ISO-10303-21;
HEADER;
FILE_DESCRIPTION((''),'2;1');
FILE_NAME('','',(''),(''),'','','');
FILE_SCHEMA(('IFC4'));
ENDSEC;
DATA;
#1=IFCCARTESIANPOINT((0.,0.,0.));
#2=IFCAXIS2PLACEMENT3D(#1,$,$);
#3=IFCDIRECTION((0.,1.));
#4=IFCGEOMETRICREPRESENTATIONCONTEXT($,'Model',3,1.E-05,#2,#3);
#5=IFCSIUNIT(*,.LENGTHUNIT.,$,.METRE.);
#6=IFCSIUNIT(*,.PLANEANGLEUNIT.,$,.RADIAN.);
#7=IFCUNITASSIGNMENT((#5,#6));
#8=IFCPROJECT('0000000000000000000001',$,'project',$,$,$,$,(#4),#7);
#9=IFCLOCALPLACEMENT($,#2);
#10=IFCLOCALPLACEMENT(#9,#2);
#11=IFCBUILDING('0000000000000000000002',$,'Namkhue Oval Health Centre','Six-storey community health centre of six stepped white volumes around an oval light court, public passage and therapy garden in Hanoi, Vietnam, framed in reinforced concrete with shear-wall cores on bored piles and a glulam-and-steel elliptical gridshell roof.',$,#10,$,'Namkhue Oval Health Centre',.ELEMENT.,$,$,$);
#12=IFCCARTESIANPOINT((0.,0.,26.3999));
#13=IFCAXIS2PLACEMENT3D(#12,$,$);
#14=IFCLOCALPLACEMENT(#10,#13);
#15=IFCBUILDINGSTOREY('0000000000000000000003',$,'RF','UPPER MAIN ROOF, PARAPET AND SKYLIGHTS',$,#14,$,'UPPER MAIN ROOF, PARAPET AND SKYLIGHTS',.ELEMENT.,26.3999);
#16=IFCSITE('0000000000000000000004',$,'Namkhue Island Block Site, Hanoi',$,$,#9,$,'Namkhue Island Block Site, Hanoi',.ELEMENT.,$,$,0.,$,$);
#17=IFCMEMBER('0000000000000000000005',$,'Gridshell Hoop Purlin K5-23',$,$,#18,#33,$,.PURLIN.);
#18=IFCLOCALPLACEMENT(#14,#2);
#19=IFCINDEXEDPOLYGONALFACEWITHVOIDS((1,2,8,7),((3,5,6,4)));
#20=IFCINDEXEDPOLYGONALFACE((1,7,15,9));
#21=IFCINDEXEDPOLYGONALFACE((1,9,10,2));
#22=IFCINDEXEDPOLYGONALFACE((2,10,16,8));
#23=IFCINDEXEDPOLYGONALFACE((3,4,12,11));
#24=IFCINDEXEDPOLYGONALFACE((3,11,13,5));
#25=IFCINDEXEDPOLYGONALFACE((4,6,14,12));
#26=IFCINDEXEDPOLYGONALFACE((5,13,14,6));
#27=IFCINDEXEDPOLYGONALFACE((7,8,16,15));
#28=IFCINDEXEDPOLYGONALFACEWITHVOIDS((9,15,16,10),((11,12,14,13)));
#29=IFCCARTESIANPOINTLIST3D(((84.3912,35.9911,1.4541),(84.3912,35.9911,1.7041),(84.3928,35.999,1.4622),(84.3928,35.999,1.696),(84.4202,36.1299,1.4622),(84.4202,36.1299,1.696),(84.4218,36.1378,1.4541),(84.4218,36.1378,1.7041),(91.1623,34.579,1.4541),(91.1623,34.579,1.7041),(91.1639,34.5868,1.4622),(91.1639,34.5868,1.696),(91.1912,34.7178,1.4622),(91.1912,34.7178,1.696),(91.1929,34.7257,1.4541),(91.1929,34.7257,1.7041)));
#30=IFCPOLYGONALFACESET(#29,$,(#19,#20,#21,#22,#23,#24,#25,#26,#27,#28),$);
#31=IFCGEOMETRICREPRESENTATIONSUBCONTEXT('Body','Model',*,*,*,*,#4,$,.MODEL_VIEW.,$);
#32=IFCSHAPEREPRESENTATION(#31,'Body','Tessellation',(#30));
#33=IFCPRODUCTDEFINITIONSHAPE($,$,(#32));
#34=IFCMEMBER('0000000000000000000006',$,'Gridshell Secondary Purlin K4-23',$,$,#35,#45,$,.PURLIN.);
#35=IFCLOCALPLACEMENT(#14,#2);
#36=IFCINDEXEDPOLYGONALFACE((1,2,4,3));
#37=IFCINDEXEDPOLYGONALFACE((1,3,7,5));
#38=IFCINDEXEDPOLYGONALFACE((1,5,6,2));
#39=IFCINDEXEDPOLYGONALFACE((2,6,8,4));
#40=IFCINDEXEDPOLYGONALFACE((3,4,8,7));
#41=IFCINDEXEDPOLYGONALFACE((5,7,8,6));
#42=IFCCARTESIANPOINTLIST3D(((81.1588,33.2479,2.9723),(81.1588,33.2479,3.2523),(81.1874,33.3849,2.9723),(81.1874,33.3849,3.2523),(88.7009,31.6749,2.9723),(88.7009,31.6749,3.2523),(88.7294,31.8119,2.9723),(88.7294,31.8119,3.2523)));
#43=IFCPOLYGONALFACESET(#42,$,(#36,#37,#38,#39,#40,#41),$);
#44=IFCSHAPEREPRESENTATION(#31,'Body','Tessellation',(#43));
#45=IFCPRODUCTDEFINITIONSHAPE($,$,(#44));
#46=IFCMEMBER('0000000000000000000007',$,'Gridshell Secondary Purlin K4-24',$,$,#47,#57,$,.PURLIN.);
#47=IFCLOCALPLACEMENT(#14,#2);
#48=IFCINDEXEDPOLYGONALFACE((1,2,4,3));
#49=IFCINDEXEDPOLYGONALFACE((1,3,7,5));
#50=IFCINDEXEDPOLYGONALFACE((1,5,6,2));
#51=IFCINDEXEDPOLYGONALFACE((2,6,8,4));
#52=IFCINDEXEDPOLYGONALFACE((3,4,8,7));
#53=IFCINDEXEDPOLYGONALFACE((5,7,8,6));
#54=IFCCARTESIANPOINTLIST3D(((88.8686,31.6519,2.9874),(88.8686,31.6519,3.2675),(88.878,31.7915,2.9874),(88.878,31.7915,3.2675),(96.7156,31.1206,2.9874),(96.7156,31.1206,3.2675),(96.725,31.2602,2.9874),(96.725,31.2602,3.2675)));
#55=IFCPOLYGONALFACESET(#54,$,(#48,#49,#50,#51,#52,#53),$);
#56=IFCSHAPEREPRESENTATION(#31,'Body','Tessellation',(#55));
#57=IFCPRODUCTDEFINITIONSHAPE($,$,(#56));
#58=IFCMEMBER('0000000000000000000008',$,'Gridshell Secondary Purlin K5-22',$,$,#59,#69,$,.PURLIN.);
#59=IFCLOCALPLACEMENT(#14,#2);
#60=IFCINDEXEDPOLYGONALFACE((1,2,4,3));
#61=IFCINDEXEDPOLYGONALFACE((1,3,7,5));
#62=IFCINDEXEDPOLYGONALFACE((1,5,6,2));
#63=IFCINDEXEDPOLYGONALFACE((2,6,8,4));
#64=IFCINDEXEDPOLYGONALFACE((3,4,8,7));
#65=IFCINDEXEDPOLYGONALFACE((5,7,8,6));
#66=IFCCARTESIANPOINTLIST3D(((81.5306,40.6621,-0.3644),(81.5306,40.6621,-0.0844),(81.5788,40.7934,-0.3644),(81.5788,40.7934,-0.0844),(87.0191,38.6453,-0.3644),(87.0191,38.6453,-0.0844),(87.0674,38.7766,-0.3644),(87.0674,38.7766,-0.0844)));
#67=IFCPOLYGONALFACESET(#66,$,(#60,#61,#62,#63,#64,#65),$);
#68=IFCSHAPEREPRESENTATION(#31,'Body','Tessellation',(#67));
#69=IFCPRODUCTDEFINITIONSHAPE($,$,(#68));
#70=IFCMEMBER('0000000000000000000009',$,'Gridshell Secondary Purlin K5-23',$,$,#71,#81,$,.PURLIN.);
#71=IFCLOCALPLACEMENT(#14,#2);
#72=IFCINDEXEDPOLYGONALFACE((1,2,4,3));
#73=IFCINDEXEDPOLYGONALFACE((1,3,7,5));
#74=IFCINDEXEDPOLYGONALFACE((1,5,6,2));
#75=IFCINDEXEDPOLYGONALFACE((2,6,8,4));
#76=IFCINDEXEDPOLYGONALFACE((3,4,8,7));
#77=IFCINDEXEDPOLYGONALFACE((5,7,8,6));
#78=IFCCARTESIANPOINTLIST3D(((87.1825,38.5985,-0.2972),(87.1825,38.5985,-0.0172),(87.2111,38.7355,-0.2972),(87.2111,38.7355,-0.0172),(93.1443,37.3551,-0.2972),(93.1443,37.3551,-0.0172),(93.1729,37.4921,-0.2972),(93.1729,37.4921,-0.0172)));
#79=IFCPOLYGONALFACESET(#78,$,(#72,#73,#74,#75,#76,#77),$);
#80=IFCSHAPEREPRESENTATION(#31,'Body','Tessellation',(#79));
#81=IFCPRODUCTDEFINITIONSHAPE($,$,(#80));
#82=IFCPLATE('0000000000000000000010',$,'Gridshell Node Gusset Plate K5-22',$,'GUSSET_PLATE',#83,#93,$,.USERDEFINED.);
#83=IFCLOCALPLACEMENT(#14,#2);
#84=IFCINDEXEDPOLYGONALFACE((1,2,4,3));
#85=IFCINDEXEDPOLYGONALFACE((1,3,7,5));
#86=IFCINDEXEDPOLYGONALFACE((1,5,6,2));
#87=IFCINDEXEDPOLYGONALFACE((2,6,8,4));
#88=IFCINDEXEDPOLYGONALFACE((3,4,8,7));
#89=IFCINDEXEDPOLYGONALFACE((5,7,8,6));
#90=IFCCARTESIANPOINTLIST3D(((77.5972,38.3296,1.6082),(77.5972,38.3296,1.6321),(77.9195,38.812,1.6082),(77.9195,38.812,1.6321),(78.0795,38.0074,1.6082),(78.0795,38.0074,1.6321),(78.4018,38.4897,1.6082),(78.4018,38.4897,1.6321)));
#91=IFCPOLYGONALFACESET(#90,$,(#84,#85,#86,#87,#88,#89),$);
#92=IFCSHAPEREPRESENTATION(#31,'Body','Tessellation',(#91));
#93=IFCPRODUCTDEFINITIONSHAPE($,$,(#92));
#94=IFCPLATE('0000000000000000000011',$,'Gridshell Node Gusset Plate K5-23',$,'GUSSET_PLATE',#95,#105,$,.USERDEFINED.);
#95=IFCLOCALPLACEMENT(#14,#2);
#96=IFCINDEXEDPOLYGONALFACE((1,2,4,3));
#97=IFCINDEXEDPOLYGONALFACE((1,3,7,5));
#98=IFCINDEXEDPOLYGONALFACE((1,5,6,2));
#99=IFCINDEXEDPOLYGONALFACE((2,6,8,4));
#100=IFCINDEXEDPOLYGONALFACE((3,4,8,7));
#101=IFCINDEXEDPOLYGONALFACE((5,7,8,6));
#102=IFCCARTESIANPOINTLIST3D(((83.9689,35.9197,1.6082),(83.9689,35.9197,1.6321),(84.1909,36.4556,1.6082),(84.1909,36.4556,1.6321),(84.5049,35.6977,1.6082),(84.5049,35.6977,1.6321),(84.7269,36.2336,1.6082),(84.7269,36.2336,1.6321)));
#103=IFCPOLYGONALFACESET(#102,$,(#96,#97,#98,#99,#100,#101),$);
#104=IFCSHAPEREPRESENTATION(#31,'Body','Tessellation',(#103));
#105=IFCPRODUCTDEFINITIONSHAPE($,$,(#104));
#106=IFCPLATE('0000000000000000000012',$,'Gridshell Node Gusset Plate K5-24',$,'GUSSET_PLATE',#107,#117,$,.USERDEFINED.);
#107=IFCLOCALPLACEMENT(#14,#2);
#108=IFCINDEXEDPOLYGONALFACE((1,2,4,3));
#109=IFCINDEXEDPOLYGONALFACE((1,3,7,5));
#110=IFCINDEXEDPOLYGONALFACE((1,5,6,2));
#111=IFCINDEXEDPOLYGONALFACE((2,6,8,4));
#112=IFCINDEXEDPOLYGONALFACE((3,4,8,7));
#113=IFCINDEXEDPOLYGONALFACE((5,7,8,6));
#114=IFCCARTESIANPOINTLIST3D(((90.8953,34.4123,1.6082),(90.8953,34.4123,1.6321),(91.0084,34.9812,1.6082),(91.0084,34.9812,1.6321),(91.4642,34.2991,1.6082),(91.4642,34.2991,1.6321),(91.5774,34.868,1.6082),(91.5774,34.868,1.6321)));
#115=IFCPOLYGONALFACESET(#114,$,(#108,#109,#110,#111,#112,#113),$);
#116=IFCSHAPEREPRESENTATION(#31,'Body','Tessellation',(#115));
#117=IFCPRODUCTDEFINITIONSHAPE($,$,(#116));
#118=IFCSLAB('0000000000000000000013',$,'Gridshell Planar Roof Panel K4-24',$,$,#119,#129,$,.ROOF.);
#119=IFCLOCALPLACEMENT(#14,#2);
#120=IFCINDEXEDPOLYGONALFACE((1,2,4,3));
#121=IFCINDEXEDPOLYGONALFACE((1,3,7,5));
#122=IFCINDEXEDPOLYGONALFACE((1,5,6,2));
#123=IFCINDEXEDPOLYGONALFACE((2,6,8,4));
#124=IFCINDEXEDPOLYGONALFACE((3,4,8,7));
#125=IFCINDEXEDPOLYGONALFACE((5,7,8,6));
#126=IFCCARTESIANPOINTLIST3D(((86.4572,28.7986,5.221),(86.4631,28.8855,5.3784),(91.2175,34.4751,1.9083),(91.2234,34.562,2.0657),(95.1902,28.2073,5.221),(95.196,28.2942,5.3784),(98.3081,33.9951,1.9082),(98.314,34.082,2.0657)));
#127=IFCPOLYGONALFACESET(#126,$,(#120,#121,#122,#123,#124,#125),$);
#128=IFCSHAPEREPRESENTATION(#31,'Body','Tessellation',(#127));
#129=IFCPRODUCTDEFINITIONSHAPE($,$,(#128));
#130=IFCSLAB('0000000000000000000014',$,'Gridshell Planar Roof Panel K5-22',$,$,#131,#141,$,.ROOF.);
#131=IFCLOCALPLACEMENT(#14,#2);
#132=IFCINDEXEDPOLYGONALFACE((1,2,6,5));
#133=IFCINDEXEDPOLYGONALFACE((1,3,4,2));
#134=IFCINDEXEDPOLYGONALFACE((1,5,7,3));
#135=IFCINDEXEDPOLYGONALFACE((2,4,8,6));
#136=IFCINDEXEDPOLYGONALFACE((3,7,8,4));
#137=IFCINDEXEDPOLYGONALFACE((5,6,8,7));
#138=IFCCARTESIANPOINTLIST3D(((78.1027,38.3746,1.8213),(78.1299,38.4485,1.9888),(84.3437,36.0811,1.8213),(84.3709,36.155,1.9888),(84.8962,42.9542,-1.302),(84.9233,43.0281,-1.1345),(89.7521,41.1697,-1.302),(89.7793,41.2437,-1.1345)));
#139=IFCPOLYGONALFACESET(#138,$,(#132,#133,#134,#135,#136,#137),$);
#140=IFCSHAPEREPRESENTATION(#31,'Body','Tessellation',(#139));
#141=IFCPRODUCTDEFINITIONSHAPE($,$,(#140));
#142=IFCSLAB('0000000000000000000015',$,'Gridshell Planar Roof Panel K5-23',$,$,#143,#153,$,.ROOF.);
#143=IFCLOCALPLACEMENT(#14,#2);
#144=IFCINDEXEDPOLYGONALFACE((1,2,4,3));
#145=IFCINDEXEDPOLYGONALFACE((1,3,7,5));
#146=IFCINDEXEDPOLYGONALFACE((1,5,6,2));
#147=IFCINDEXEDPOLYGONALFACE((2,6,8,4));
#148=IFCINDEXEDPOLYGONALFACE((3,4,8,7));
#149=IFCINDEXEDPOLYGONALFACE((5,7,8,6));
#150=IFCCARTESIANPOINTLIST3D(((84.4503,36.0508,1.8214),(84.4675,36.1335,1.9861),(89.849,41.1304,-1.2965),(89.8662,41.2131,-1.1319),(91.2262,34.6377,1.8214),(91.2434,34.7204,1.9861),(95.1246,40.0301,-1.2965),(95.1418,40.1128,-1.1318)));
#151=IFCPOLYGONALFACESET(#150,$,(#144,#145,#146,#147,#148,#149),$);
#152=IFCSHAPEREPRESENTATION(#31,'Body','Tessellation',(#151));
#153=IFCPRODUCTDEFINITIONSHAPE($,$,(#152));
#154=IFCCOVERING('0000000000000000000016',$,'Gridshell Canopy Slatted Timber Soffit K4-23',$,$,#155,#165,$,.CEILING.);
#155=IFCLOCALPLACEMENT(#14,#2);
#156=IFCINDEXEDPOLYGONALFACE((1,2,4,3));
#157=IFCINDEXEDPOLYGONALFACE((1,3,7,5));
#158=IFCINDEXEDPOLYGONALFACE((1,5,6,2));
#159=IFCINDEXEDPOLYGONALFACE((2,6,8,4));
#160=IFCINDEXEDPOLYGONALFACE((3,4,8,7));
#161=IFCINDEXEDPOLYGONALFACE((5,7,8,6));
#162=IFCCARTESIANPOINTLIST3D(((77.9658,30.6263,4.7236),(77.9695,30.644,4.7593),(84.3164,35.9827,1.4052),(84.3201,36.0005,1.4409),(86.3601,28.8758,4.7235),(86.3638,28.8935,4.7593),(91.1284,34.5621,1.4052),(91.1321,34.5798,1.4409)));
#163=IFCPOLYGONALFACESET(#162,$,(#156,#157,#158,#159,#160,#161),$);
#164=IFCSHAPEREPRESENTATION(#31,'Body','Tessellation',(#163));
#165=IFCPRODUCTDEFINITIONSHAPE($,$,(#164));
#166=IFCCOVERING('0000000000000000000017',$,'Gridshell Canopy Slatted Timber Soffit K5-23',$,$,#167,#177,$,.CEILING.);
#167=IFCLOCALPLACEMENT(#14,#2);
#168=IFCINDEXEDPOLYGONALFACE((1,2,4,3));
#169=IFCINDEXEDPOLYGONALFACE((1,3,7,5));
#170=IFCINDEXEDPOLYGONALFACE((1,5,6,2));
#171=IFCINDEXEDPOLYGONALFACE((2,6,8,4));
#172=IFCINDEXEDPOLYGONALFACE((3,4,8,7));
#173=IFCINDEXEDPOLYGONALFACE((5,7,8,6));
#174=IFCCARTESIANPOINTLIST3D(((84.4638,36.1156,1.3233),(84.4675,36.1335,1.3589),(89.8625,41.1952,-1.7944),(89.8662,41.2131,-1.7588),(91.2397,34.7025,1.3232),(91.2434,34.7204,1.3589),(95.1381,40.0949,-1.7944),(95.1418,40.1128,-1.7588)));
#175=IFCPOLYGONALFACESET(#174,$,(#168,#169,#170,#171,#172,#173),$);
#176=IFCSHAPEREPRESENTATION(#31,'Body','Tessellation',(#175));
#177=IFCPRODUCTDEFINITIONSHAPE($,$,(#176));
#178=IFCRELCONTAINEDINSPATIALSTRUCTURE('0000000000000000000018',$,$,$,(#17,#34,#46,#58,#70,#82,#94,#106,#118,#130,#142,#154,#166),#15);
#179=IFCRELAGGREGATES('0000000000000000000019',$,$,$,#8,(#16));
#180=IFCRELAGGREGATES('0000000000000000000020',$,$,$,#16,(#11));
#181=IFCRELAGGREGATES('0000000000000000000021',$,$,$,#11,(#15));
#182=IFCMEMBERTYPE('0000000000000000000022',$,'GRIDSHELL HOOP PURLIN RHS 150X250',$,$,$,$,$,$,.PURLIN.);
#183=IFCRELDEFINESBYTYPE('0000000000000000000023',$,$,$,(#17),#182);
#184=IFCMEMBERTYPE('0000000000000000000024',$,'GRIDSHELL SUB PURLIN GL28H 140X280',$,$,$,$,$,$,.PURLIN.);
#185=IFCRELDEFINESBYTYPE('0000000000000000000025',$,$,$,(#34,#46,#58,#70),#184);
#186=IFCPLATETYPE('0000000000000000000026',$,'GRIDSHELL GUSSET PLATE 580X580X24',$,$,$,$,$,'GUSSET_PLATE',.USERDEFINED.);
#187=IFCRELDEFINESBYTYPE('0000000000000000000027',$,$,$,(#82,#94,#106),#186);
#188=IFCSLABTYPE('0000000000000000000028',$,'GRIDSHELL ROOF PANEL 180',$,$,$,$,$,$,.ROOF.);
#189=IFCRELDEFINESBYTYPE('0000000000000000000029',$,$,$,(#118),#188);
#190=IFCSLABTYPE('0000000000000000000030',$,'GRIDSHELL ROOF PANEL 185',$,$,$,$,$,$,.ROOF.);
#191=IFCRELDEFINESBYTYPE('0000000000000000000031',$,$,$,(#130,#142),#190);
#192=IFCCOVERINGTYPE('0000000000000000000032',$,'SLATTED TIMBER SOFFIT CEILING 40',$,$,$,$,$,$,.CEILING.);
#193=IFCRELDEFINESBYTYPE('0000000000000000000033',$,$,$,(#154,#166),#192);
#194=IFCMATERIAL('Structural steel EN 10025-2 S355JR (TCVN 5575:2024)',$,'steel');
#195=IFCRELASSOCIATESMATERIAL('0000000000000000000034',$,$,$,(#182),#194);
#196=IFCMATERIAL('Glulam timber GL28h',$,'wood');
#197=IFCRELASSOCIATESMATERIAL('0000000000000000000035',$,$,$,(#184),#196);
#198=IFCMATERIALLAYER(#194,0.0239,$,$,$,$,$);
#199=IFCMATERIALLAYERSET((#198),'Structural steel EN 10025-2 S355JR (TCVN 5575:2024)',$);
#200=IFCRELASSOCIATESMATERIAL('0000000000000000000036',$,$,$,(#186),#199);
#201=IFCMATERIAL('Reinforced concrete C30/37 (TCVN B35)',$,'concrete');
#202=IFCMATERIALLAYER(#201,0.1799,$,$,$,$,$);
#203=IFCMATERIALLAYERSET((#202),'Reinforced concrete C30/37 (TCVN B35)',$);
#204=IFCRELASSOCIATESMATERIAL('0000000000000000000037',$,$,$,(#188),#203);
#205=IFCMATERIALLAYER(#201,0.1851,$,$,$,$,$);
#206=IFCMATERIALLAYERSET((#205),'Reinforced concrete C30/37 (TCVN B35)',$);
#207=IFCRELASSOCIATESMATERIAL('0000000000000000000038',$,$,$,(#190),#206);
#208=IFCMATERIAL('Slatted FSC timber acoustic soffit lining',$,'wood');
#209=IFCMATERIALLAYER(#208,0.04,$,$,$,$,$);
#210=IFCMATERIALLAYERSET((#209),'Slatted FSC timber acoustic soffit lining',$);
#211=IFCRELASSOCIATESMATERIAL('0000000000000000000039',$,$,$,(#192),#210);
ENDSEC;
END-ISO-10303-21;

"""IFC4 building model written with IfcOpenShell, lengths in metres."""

from ifc_helpers import new_model, si_unit, direction, frame, origin, origin_2d, place, context, subcontext, project, spatial, polyline, rectangle, hollow_rectangle, outline, extrude, material, layer, layer_set, material_profile, profile_set, type_object, element, save


model = new_model("IFC4")

# Units and contexts
model_context = context("Model", 3, precision=1e-05, world=origin(), true_north=direction((0.0, 1.0)))
body_context = subcontext(model_context, "Body", "Model", "MODEL_VIEW")
ifc_project = project(units=[si_unit("LENGTHUNIT", "METRE"), si_unit("PLANEANGLEUNIT", "RADIAN")], contexts=[model_context])

# Site, building, storey
site_placement = place(None, origin())
site = spatial("IfcSite", under=ifc_project, at=site_placement, Name="Namkhue Island Block Site, Hanoi", LongName="Namkhue Island Block Site, Hanoi", CompositionType="ELEMENT", RefElevation=0.0)
building_placement = place(site_placement, origin())
building = spatial("IfcBuilding", under=site, at=building_placement, Name="Namkhue Oval Health Centre", Description="Six-storey community health centre of six stepped white volumes around an oval light court, public passage and therapy garden in Hanoi, Vietnam, framed in reinforced concrete with shear-wall cores on bored piles and a glulam-and-steel elliptical gridshell roof.", LongName="Namkhue Oval Health Centre", CompositionType="ELEMENT")
storey_placement = place(building_placement, frame((0.0, 0.0, 26.3999)))
storey = spatial("IfcBuildingStorey", under=building, at=storey_placement, Name="RF", Description="UPPER MAIN ROOF, PARAPET AND SKYLIGHTS", LongName="UPPER MAIN ROOF, PARAPET AND SKYLIGHTS", CompositionType="ELEMENT", Elevation=26.3999)

# Members
ifc_material_1 = material(Name="Structural steel EN 10025-2 S355JR (TCVN 5575:2024)", Category="steel")
ifc_material_2 = material(Name="Glulam timber GL28h", Category="wood")
ifc_material_profile_1 = material_profile(ifc_material_1, hollow_rectangle(XDim=0.1499, YDim=0.25, WallThickness=0.0081, at=origin_2d()), Name="RHS 150x250x8")
ifc_profile_set_1 = profile_set([ifc_material_profile_1], Name="Structural steel EN 10025-2 S355JR (TCVN 5575:2024)")
member_type_1 = type_object("IfcMemberType", Name="GRIDSHELL HOOP PURLIN RHS 150X250", PredefinedType="PURLIN", material=ifc_profile_set_1)
member_1_placement = place(storey_placement, frame((84.4065, 36.0645, 1.5791), z_axis=(0.978938, -0.20416, 0.0), x_axis=(0.20416, 0.978938, 0.0)))
element("IfcMember", 1, at=member_1_placement, inside=storey, type_object=member_type_1, Name="Gridshell Hoop Purlin K5-23", PredefinedType="PURLIN", context=body_context, shape_type="SweptSolid", body=[
    extrude(hollow_rectangle(XDim=0.1499, YDim=0.25, WallThickness=0.0081, at=origin_2d()), origin(), (0.0, 0.0, 1.0), 6.9167),
])
ifc_material_profile_2 = material_profile(ifc_material_2, rectangle(XDim=0.1399, YDim=0.28, at=origin_2d()), Name="GL28h 140x280")
ifc_profile_set_2 = profile_set([ifc_material_profile_2], Name="Glulam timber GL28h")
member_type_2 = type_object("IfcMemberType", Name="GRIDSHELL SUB PURLIN GL28H 140X280", PredefinedType="PURLIN", material=ifc_profile_set_2)
member_2_placement = place(storey_placement, frame((81.1731, 33.3164, 3.1123), z_axis=(0.978935, -0.204172, 0.0), x_axis=(0.204172, 0.978935, 0.0)))
element("IfcMember", 2, at=member_2_placement, inside=storey, type_object=member_type_2, Name="Gridshell Secondary Purlin K4-23", PredefinedType="PURLIN", context=body_context, shape_type="SweptSolid", body=[
    extrude(rectangle(XDim=0.1399, YDim=0.28, at=origin_2d()), origin(), (0.0, 0.0, 1.0), 7.7043),
])
member_3_placement = place(storey_placement, frame((88.8733, 31.7217, 3.1274), z_axis=(0.997716, -0.067547, 0.0), x_axis=(0.067547, 0.997716, 0.0)))
element("IfcMember", 3, at=member_3_placement, inside=storey, type_object=member_type_2, Name="Gridshell Secondary Purlin K4-24", PredefinedType="PURLIN", context=body_context, shape_type="SweptSolid", body=[
    extrude(rectangle(XDim=0.1399, YDim=0.28, at=origin_2d()), origin(), (0.0, 0.0, 1.0), 7.865),
])
member_4_placement = place(storey_placement, frame((81.5547, 40.7278, -0.2244), z_axis=(0.938634, -0.344916, 0.0), x_axis=(0.344916, 0.938634, 0.0)))
element("IfcMember", 4, at=member_4_placement, inside=storey, type_object=member_type_2, Name="Gridshell Secondary Purlin K5-22", PredefinedType="PURLIN", context=body_context, shape_type="SweptSolid", body=[
    extrude(rectangle(XDim=0.1399, YDim=0.28, at=origin_2d()), origin(), (0.0, 0.0, 1.0), 5.8474),
])
member_5_placement = place(storey_placement, frame((87.1968, 38.667, -0.1572), z_axis=(0.978936, -0.204166, 0.0), x_axis=(0.204166, 0.978936, 0.0)))
element("IfcMember", 5, at=member_5_placement, inside=storey, type_object=member_type_2, Name="Gridshell Secondary Purlin K5-23", PredefinedType="PURLIN", context=body_context, shape_type="SweptSolid", body=[
    extrude(rectangle(XDim=0.1399, YDim=0.28, at=origin_2d()), origin(), (0.0, 0.0, 1.0), 6.0901),
])

# Plates
ifc_layer_1 = layer(ifc_material_1, 0.0239)
ifc_layer_set_1 = layer_set([ifc_layer_1], Name="Structural steel EN 10025-2 S355JR (TCVN 5575:2024)")
plate_type = type_object("IfcPlateType", Name="GRIDSHELL GUSSET PLATE 580X580X24", ElementType="GUSSET_PLATE", PredefinedType="USERDEFINED", material=ifc_layer_set_1)
for number, where, z_axis, x_axis, name in (
    (6, (77.9995, 38.4097, 1.6082), (0.0, 0.0, 1.0), (-0.55557, -0.83147, 0.0), "Gridshell Node Gusset Plate K5-22"),
    (7, (84.3479, 36.0767, 1.6082), (0.0, 0.0, 1.0), (-0.382683, -0.92388, 0.0), "Gridshell Node Gusset Plate K5-23"),
    (8, (91.2363, 34.6401, 1.6082), (0.0, 0.0, 1.0), (-0.19509, -0.980785, 0.0), "Gridshell Node Gusset Plate K5-24"),
):
    element("IfcPlate", number, at=place(storey_placement, frame(where, z_axis=z_axis, x_axis=x_axis)), inside=storey, type_object=plate_type, Name=name, ObjectType="GUSSET_PLATE", PredefinedType="USERDEFINED", context=body_context, shape_type="SweptSolid", body=[
        extrude(rectangle(XDim=0.5801, YDim=0.5801, at=origin_2d()), origin(), (0.0, 0.0, 1.0), 0.0239),
    ])

# Slabs
ifc_material_3 = material(Name="Reinforced concrete C30/37 (TCVN B35)", Category="concrete")
ifc_layer_2 = layer(ifc_material_3, 0.1799)
ifc_layer_set_2 = layer_set([ifc_layer_2], Name="Reinforced concrete C30/37 (TCVN B35)")
slab_type_1 = type_object("IfcSlabType", Name="GRIDSHELL ROOF PANEL 180", PredefinedType="ROOF", material=ifc_layer_set_2)
slab_1_placement = place(storey_placement, frame((86.4631, 28.8855, 5.3784), z_axis=(0.032711, 0.483157, 0.874922), x_axis=(0.997716, -0.067554, 0.000003)))
element("IfcSlab", 9, at=slab_1_placement, inside=storey, type_object=slab_type_1, Name="Gridshell Planar Roof Panel K4-24", PredefinedType="ROOF", context=body_context, shape_type="SweptSolid", body=[
    extrude(outline(polyline([(0.0, 0.0), (8.7529, 0.0), (11.4727, 6.8409), (4.3659, 6.8408), (0.0, 0.0)])), origin(), (0.0, 0.0, -1.0), 0.1799),
])
ifc_layer_3 = layer(ifc_material_3, 0.1851)
ifc_layer_set_3 = layer_set([ifc_layer_3], Name="Reinforced concrete C30/37 (TCVN B35)")
slab_type_2 = type_object("IfcSlabType", Name="GRIDSHELL ROOF PANEL 185", PredefinedType="ROOF", material=ifc_layer_set_3)
slab_2_placement = place(storey_placement, frame((78.1299, 38.4485, 1.9888), z_axis=(0.146781, 0.399428, 0.904938), x_axis=(0.938628, -0.34493, 0.000002)))
element("IfcSlab", 10, at=slab_2_placement, inside=storey, type_object=slab_type_2, Name="Gridshell Planar Roof Panel K5-22", PredefinedType="ROOF", context=body_context, shape_type="SweptSolid", body=[
    extrude(outline(polyline([(0.0, 0.0), (6.649, 0.0), (9.9703, 7.3396), (4.7969, 7.3395), (0.0, 0.0)])), origin(), (0.0, 0.0, -1.0), 0.1851),
])
slab_3_placement = place(storey_placement, frame((84.4675, 36.1335, 1.9861), z_axis=(0.093227, 0.447008, 0.889659), x_axis=(0.978938, -0.204156, -0.000004)))
element("IfcSlab", 11, at=slab_3_placement, inside=storey, type_object=slab_type_2, Name="Gridshell Planar Roof Panel K5-23", PredefinedType="ROOF", context=body_context, shape_type="SweptSolid", body=[
    extrude(outline(polyline([(0.0, 0.0), (6.9217, 0.0), (9.6371, 6.8281), (4.248, 6.8282), (0.0, 0.0)])), origin(), (0.0, 0.0, -1.0), 0.1851),
])

# Coverings
ifc_material_4 = material(Name="Slatted FSC timber acoustic soffit lining", Category="wood")
ifc_layer_4 = layer(ifc_material_4, 0.04)
ifc_layer_set_4 = layer_set([ifc_layer_4], Name="Slatted FSC timber acoustic soffit lining")
covering_type_1 = type_object("IfcCoveringType", Name="SLATTED TIMBER SOFFIT CEILING 40", PredefinedType="CEILING", material=ifc_layer_set_4)
covering_1_placement = place(storey_placement, frame((77.9695, 30.644, 4.7593), z_axis=(0.092373, 0.44295, 0.891775), x_axis=(0.978941, -0.204143, -0.000003)))
element("IfcCovering", 12, at=covering_1_placement, inside=storey, type_object=covering_type_1, Name="Gridshell Canopy Slatted Timber Soffit K4-23", PredefinedType="CEILING", context=body_context, shape_type="SweptSolid", body=[
    extrude(outline(polyline([(0.0, 0.0), (8.5749, 0.0), (12.082, 7.3336), (5.1234, 7.3338), (0.0, 0.0)])), origin(), (0.0, 0.0, -1.0), 0.04),
])
covering_2_placement = place(storey_placement, frame((84.4675, 36.1335, 1.3589), z_axis=(0.093221, 0.44698, 0.889673), x_axis=(0.978938, -0.204156, -0.000004)))
element("IfcCovering", 13, at=covering_2_placement, inside=storey, type_object=covering_type_1, Name="Gridshell Canopy Slatted Timber Soffit K5-23", PredefinedType="CEILING", context=body_context, shape_type="SweptSolid", body=[
    extrude(outline(polyline([(0.0, 0.0), (6.9217, 0.0), (9.6371, 6.828), (4.248, 6.8281), (0.0, 0.0)])), origin(), (0.0, 0.0, -1.0), 0.04),
])

save(model, "model.ifc")
